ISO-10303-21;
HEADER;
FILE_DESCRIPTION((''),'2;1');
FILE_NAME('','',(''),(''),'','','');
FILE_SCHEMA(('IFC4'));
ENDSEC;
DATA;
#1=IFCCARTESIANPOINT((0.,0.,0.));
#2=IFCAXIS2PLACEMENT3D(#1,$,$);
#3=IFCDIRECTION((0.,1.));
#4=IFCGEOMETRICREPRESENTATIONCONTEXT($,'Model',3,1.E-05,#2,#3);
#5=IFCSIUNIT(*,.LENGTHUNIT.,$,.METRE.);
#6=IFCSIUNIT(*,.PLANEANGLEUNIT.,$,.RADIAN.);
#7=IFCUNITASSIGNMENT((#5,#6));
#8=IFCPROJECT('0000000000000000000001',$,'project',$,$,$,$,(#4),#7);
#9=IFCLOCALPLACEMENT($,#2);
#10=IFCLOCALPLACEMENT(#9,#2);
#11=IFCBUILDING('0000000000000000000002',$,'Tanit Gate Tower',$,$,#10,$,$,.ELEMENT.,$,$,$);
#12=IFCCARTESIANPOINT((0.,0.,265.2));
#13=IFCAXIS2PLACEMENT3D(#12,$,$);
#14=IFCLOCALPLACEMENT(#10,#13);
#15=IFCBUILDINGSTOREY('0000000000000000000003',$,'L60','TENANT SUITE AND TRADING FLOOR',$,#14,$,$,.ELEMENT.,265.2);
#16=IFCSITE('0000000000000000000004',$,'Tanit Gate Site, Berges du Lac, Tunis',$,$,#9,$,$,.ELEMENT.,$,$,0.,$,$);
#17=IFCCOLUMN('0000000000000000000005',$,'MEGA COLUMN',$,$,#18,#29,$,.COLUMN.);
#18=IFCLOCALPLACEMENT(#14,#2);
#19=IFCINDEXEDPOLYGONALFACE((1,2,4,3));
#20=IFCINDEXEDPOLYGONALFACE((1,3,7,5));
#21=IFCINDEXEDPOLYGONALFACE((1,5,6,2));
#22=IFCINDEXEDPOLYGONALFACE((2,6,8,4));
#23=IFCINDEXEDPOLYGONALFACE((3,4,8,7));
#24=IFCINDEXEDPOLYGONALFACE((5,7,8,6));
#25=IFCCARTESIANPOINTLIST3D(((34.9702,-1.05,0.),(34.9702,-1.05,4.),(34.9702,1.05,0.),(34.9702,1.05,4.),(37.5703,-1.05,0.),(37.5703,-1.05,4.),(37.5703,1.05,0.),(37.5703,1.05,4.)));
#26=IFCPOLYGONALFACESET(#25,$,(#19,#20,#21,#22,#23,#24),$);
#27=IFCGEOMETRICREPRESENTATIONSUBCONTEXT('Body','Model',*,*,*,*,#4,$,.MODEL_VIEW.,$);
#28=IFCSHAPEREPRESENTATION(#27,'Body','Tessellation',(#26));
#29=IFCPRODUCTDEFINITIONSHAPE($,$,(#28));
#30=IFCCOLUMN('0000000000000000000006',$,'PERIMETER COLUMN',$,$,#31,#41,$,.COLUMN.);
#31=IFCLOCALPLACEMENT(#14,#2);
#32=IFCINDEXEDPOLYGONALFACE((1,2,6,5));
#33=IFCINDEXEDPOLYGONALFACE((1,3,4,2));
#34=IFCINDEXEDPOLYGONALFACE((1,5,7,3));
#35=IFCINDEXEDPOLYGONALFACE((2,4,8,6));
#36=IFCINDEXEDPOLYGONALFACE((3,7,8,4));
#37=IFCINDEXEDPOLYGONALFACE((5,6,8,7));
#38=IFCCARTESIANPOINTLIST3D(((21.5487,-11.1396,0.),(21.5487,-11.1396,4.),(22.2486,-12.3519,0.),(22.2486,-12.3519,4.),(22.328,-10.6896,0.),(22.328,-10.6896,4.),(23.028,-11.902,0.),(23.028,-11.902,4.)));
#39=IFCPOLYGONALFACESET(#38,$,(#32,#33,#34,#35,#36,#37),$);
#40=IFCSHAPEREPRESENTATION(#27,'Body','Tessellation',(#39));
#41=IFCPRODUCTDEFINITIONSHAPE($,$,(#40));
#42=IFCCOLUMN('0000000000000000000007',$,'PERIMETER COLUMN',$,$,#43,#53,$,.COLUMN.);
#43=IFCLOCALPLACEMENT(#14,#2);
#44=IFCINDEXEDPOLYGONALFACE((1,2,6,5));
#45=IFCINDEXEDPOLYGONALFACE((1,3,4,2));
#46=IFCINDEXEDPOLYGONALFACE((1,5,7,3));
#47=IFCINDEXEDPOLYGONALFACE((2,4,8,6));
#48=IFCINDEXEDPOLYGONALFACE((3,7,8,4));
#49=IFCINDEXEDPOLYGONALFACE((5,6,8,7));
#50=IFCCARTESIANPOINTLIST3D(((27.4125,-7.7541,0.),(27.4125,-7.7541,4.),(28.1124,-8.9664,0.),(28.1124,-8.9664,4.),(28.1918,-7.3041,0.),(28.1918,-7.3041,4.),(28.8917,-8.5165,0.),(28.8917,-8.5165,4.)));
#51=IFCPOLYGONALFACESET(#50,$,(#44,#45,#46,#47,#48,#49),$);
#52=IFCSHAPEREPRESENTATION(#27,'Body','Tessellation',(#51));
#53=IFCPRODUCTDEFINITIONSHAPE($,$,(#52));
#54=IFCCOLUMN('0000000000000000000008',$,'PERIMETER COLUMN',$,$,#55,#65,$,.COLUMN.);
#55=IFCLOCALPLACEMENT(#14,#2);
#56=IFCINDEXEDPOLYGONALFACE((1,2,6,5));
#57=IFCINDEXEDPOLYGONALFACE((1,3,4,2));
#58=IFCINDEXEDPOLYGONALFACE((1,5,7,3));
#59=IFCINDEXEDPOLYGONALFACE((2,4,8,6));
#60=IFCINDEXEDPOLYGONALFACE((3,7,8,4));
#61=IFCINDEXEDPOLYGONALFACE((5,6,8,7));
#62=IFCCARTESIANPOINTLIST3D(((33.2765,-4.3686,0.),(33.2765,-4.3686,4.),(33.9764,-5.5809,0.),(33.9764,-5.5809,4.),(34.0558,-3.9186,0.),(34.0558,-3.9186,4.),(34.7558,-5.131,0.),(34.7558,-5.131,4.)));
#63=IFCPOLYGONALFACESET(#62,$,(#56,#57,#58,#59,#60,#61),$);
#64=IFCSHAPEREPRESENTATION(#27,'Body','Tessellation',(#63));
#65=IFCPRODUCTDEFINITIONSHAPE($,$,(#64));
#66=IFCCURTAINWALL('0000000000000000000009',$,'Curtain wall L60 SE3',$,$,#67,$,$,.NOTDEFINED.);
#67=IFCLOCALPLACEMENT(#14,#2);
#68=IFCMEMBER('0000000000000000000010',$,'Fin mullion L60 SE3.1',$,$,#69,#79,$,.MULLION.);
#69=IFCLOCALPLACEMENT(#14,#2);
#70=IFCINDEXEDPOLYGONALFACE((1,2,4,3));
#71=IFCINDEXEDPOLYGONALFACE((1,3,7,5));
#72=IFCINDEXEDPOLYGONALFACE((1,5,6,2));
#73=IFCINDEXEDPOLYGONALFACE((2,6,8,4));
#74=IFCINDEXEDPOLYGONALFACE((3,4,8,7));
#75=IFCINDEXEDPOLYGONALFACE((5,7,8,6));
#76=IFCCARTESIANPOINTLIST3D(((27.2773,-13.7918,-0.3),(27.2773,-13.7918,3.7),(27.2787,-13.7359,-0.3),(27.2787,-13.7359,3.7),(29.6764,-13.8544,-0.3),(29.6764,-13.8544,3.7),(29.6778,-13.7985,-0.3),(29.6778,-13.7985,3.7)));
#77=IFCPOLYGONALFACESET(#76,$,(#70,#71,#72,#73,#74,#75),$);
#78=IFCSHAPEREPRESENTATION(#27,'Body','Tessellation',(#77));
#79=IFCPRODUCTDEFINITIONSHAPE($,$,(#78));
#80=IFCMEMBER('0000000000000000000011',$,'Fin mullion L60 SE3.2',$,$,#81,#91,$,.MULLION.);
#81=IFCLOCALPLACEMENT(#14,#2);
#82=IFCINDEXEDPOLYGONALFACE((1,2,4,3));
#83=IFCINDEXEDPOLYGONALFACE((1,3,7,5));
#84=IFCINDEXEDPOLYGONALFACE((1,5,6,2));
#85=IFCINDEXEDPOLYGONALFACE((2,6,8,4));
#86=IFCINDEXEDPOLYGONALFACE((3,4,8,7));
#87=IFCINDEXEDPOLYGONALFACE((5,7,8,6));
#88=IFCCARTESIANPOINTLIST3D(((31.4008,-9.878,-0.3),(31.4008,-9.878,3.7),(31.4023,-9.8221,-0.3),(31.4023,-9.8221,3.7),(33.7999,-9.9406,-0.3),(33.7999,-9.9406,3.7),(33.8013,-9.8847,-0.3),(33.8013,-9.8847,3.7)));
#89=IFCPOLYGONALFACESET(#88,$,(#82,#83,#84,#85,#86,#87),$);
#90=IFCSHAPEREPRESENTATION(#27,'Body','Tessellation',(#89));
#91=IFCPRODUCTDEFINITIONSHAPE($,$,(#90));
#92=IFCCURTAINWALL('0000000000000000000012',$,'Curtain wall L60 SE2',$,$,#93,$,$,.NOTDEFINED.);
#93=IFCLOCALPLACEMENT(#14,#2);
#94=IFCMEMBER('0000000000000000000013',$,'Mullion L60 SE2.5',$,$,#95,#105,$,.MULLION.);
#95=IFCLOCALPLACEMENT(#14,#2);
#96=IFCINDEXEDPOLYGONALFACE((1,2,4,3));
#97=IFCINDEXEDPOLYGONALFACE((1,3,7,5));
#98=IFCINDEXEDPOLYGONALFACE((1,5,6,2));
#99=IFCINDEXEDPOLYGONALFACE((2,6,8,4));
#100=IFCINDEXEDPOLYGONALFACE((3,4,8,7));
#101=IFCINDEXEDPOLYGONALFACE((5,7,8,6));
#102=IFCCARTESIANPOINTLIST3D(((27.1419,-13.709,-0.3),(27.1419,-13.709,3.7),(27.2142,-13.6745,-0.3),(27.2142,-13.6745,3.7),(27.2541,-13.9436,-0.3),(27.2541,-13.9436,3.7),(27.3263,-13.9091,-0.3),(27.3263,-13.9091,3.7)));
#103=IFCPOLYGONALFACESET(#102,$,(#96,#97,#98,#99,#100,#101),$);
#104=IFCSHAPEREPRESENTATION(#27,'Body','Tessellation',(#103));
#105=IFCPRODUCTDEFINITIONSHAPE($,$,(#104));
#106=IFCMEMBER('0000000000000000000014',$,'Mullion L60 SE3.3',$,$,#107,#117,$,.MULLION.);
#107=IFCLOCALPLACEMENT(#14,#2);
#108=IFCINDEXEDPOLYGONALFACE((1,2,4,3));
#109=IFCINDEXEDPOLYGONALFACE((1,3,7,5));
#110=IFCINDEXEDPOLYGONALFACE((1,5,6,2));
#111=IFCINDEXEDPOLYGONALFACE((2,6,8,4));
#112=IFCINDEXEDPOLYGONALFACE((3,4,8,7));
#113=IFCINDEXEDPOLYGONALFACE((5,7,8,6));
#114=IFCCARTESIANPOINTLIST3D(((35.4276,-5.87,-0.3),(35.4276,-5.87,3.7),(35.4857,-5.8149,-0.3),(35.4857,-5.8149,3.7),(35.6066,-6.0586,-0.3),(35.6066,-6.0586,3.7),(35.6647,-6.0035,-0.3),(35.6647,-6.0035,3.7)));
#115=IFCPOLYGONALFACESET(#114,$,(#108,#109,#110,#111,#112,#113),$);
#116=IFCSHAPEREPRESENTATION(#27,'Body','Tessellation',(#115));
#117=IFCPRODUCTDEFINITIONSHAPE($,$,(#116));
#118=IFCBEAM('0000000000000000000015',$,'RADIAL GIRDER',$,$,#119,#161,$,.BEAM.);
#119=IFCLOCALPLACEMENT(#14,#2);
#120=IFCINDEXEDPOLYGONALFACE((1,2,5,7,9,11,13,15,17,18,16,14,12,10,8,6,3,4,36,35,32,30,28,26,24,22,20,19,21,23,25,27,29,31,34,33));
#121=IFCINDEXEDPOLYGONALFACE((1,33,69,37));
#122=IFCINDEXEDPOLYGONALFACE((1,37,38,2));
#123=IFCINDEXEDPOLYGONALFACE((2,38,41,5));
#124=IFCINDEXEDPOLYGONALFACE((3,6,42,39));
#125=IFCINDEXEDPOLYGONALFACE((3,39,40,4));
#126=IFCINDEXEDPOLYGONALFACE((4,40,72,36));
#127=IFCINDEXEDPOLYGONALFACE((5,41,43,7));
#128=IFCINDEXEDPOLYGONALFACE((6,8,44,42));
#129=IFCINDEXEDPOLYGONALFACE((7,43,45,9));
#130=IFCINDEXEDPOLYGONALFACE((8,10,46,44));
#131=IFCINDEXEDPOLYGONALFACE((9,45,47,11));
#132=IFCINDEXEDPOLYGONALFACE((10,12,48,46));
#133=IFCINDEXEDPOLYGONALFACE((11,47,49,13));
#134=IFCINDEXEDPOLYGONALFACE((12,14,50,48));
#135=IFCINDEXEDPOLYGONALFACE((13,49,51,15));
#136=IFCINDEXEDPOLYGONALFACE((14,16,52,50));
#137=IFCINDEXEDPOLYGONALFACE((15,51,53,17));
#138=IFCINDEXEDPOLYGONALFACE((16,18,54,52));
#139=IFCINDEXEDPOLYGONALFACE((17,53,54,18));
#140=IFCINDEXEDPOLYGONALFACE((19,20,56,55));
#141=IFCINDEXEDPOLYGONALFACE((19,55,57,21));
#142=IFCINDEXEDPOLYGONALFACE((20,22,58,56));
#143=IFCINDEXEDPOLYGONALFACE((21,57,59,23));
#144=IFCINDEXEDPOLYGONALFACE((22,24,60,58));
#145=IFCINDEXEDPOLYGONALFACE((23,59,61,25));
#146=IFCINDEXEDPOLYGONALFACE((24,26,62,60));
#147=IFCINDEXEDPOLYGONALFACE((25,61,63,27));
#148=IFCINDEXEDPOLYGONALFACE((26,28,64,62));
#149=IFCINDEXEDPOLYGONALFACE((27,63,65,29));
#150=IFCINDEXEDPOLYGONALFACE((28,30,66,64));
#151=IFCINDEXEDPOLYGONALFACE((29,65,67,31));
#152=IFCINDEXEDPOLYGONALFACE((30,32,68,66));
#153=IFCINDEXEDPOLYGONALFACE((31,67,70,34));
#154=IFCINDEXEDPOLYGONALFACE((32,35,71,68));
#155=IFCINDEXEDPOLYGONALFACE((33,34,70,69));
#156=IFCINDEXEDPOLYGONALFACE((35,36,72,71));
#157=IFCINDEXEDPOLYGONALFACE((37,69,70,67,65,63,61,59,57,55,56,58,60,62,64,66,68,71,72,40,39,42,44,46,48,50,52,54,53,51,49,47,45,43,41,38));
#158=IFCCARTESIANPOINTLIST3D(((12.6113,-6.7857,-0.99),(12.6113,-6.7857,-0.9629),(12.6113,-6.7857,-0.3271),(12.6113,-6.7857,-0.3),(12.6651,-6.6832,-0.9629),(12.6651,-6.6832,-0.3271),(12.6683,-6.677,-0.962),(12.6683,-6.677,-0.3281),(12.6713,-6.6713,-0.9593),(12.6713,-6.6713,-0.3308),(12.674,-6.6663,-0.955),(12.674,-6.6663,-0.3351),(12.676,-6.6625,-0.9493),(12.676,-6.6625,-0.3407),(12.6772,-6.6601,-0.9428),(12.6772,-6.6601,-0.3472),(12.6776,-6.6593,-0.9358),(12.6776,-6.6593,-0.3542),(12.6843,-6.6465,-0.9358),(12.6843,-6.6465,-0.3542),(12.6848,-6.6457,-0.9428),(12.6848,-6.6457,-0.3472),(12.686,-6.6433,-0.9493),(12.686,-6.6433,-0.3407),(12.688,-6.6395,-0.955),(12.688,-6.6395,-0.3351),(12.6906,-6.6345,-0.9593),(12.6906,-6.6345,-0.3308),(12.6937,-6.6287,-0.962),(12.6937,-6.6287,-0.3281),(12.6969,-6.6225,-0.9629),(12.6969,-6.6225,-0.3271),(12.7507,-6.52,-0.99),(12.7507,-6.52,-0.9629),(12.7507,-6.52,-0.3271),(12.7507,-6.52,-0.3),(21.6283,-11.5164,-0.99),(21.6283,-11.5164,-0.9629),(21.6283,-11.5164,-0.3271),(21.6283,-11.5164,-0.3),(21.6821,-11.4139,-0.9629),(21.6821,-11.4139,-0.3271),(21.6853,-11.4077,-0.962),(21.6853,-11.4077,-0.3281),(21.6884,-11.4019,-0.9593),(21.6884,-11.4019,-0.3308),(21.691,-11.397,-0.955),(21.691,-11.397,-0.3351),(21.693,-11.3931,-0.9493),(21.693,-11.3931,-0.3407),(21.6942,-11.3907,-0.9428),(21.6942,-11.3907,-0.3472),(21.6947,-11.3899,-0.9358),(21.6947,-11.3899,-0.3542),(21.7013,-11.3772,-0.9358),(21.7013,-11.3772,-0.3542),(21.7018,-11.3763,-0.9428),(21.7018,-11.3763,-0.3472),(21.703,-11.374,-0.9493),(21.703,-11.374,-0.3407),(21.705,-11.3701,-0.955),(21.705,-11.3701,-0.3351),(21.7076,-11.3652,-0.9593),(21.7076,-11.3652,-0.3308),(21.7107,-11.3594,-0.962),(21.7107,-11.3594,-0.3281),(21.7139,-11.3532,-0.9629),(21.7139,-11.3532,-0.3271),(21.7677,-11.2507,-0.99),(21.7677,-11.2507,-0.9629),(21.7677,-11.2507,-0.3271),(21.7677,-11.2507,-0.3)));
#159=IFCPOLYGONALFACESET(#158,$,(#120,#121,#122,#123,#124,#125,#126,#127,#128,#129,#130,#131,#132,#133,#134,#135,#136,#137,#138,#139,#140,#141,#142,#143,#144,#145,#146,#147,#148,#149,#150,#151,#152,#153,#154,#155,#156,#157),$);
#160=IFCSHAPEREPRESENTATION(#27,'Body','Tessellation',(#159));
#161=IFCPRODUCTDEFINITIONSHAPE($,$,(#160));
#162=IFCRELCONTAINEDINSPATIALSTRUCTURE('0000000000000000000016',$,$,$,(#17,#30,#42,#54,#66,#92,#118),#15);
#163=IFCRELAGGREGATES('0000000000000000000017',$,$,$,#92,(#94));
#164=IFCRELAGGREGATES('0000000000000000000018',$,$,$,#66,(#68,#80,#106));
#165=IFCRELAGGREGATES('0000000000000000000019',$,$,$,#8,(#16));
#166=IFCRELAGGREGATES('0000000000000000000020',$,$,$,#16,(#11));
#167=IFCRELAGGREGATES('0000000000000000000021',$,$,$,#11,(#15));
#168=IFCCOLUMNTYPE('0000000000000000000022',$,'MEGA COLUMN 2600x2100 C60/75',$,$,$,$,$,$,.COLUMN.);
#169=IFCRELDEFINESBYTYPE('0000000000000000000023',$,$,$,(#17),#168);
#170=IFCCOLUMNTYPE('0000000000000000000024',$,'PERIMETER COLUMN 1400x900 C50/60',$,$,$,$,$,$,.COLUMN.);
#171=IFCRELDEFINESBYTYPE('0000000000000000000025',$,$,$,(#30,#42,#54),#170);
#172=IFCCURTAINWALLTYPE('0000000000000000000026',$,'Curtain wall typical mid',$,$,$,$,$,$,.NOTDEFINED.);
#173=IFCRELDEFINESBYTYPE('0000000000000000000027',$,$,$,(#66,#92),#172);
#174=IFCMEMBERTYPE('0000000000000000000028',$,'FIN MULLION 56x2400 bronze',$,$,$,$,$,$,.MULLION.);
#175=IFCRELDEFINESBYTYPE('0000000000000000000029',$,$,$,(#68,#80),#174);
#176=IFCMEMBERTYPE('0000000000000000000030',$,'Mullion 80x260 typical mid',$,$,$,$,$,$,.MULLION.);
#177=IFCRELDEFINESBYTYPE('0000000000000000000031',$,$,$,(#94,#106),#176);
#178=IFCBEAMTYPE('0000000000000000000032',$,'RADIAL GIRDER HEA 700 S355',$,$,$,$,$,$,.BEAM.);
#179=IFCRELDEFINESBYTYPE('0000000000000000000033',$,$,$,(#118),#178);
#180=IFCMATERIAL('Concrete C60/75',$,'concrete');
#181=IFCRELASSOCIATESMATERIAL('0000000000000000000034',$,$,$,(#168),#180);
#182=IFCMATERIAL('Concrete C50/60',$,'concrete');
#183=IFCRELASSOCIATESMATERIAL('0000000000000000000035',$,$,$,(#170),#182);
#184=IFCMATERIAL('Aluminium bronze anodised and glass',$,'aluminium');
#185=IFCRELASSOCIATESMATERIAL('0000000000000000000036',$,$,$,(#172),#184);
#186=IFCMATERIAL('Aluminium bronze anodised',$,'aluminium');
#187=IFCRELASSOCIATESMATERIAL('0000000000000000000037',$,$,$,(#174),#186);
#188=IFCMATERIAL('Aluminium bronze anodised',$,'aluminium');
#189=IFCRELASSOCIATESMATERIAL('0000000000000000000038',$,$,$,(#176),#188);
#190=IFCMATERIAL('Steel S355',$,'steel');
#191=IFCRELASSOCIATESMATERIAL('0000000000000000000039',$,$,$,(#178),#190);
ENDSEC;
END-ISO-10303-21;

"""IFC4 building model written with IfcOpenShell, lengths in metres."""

from ifc_helpers import new_model, si_unit, direction, frame, origin, origin_2d, place, context, subcontext, project, spatial, rectangle, i_section, extrude, material, material_profile, profile_set, type_object, element, aggregate, save


model = new_model("IFC4")

# Units and contexts
model_context = context("Model", 3, precision=1e-05, world=origin(), true_north=direction((0.0, 1.0)))
body_context = subcontext(model_context, "Body", "Model", "MODEL_VIEW")
ifc_project = project(units=[si_unit("LENGTHUNIT", "METRE"), si_unit("PLANEANGLEUNIT", "RADIAN")], contexts=[model_context])

# Site, building, storey
site_placement = place(None, origin())
site = spatial("IfcSite", under=ifc_project, at=site_placement, Name="Tanit Gate Site, Berges du Lac, Tunis", CompositionType="ELEMENT", RefElevation=0.0)
building_placement = place(site_placement, origin())
building = spatial("IfcBuilding", under=site, at=building_placement, Name="Tanit Gate Tower", CompositionType="ELEMENT")
storey_placement = place(building_placement, frame((0.0, 0.0, 265.2)))
storey = spatial("IfcBuildingStorey", under=building, at=storey_placement, Name="L60", Description="TENANT SUITE AND TRADING FLOOR", CompositionType="ELEMENT", Elevation=265.2)

# Columns
ifc_material_1 = material(Name="Concrete C60/75", Category="concrete")
ifc_material_profile_1 = material_profile(ifc_material_1, rectangle(XDim=2.6001, YDim=2.1001, at=origin_2d()), Name="RC 2600x2100")
ifc_profile_set_1 = profile_set([ifc_material_profile_1], Name="Concrete C60/75")
column_type_1 = type_object("IfcColumnType", Name="MEGA COLUMN 2600x2100 C60/75", PredefinedType="COLUMN", material=ifc_profile_set_1)
column_placement = place(storey_placement, frame((36.2703, 0.0, 0.0), z_axis=(0.0, 0.0, 1.0), x_axis=(1.0, 0.0, 0.0)))
element("IfcColumn", 1, at=column_placement, inside=storey, type_object=column_type_1, Name="MEGA COLUMN", PredefinedType="COLUMN", context=body_context, shape_type="SweptSolid", body=[
    extrude(rectangle(XDim=2.6001, YDim=2.1001, at=origin_2d()), origin(), (0.0, 0.0, 1.0), 4.0),
])
ifc_material_2 = material(Name="Concrete C50/60", Category="concrete")
ifc_material_profile_2 = material_profile(ifc_material_2, rectangle(XDim=1.3999, YDim=0.8999, at=origin_2d()), Name="RC 1400x900")
ifc_profile_set_2 = profile_set([ifc_material_profile_2], Name="Concrete C50/60")
column_type_2 = type_object("IfcColumnType", Name="PERIMETER COLUMN 1400x900 C50/60", PredefinedType="COLUMN", material=ifc_profile_set_2)
for number, where, z_axis, x_axis, name in (
    (2, (22.2883, -11.5208, 0.0), (0.0, 0.0, 1.0), (0.5, -0.866025, 0.0), "PERIMETER COLUMN"),
    (3, (28.1521, -8.1353, 0.0), (0.0, 0.0, 1.0), (0.5, -0.866025, 0.0), "PERIMETER COLUMN"),
    (4, (34.0161, -4.7498, 0.0), (0.0, 0.0, 1.0), (0.5, -0.866025, 0.0), "PERIMETER COLUMN"),
):
    element("IfcColumn", number, at=place(storey_placement, frame(where, z_axis=z_axis, x_axis=x_axis)), inside=storey, type_object=column_type_2, Name=name, PredefinedType="COLUMN", context=body_context, shape_type="SweptSolid", body=[
        extrude(rectangle(XDim=1.3999, YDim=0.8999, at=origin_2d()), origin(), (0.0, 0.0, 1.0), 4.0),
    ])

# Curtain wall, members
ifc_material_3 = material(Name="Aluminium bronze anodised and glass", Category="aluminium")
curtain_wall_type = type_object("IfcCurtainWallType", Name="Curtain wall typical mid", PredefinedType="NOTDEFINED", material=ifc_material_3)
curtain_wall_1_placement = place(storey_placement, origin())
curtain_wall_1 = element("IfcCurtainWall", 5, at=curtain_wall_1_placement, inside=storey, type_object=curtain_wall_type, Name="Curtain wall L60 SE3", PredefinedType="NOTDEFINED")
ifc_material_4 = material(Name="Aluminium bronze anodised", Category="aluminium")
ifc_material_profile_3 = material_profile(ifc_material_4, rectangle(XDim=2.3999, YDim=0.0559, at=origin_2d()), Name="56x2400 bronze fin mullion")
ifc_profile_set_3 = profile_set([ifc_material_profile_3], Name="Aluminium bronze anodised")
member_type_1 = type_object("IfcMemberType", Name="FIN MULLION 56x2400 bronze", PredefinedType="MULLION", material=ifc_profile_set_3)
member_1_placement = place(storey_placement, frame((28.4775, -13.7952, -0.3), z_axis=(0.0, 0.0, 1.0), x_axis=(-0.99966, 0.026077, 0.0)))
member_1 = element("IfcMember", 6, at=member_1_placement, type_object=member_type_1, Name="Fin mullion L60 SE3.1", PredefinedType="MULLION", context=body_context, shape_type="SweptSolid", body=[
    extrude(rectangle(XDim=2.3999, YDim=0.0559, at=origin_2d()), origin(), (0.0, 0.0, 1.0), 4.0),
])
member_2_placement = place(storey_placement, frame((32.6011, -9.8813, -0.3), z_axis=(0.0, 0.0, 1.0), x_axis=(-0.99966, 0.026077, 0.0)))
member_2 = element("IfcMember", 7, at=member_2_placement, type_object=member_type_1, Name="Fin mullion L60 SE3.2", PredefinedType="MULLION", context=body_context, shape_type="SweptSolid", body=[
    extrude(rectangle(XDim=2.3999, YDim=0.0559, at=origin_2d()), origin(), (0.0, 0.0, 1.0), 4.0),
])

# Curtain wall, member
curtain_wall_2_placement = place(storey_placement, origin())
curtain_wall_2 = element("IfcCurtainWall", 8, at=curtain_wall_2_placement, inside=storey, type_object=curtain_wall_type, Name="Curtain wall L60 SE2", PredefinedType="NOTDEFINED")
ifc_material_5 = material(Name="Aluminium bronze anodised", Category="aluminium")
ifc_material_profile_4 = material_profile(ifc_material_5, rectangle(XDim=0.26, YDim=0.0801, at=origin_2d()), Name="80x260 bronze mullion")
ifc_profile_set_4 = profile_set([ifc_material_profile_4], Name="Aluminium bronze anodised")
member_type_2 = type_object("IfcMemberType", Name="Mullion 80x260 typical mid", PredefinedType="MULLION", material=ifc_profile_set_4)
member_3_placement = place(storey_placement, frame((27.2341, -13.8091, -0.3), z_axis=(0.0, 0.0, 1.0), x_axis=(-0.431197, 0.902258, 0.0)))
member_3 = element("IfcMember", 9, at=member_3_placement, type_object=member_type_2, Name="Mullion L60 SE2.5", PredefinedType="MULLION", context=body_context, shape_type="SweptSolid", body=[
    extrude(rectangle(XDim=0.26, YDim=0.0801, at=origin_2d()), origin(), (0.0, 0.0, 1.0), 4.0),
])

# Member
member_4_placement = place(storey_placement, frame((35.5461, -5.9368, -0.3), z_axis=(0.0, 0.0, 1.0), x_axis=(-0.688427, 0.725306, 0.0)))
member_4 = element("IfcMember", 10, at=member_4_placement, type_object=member_type_2, Name="Mullion L60 SE3.3", PredefinedType="MULLION", context=body_context, shape_type="SweptSolid", body=[
    extrude(rectangle(XDim=0.26, YDim=0.0801, at=origin_2d()), origin(), (0.0, 0.0, 1.0), 4.0),
])

# Beam
ifc_material_6 = material(Name="Steel S355", Category="steel")
ifc_material_profile_5 = material_profile(ifc_material_6, i_section(OverallWidth=0.3, OverallDepth=0.6899, WebThickness=0.0144, FlangeThickness=0.0271, FilletRadius=0.0271, at=origin_2d()), Name="HEA 700")
ifc_profile_set_5 = profile_set([ifc_material_profile_5], Name="Steel S355")
beam_type_1 = type_object("IfcBeamType", Name="RADIAL GIRDER HEA 700 S355", PredefinedType="BEAM", material=ifc_profile_set_5)
beam_1_placement = place(storey_placement, frame((21.698, -11.3835, -0.645), z_axis=(-0.88553, 0.464583, 0.0), x_axis=(-0.464583, -0.88553, 0.0)))
element("IfcBeam", 11, at=beam_1_placement, inside=storey, type_object=beam_type_1, Name="RADIAL GIRDER", PredefinedType="BEAM", context=body_context, shape_type="SweptSolid", body=[
    extrude(i_section(OverallWidth=0.3, OverallDepth=0.6899, WebThickness=0.0144, FlangeThickness=0.0271, FilletRadius=0.0271, at=origin_2d()), origin(), (0.0, 0.0, 1.0), 10.1826),
])

aggregate(curtain_wall_2, [member_3])
aggregate(curtain_wall_1, [member_1, member_2, member_4])

save(model, "model.ifc")
